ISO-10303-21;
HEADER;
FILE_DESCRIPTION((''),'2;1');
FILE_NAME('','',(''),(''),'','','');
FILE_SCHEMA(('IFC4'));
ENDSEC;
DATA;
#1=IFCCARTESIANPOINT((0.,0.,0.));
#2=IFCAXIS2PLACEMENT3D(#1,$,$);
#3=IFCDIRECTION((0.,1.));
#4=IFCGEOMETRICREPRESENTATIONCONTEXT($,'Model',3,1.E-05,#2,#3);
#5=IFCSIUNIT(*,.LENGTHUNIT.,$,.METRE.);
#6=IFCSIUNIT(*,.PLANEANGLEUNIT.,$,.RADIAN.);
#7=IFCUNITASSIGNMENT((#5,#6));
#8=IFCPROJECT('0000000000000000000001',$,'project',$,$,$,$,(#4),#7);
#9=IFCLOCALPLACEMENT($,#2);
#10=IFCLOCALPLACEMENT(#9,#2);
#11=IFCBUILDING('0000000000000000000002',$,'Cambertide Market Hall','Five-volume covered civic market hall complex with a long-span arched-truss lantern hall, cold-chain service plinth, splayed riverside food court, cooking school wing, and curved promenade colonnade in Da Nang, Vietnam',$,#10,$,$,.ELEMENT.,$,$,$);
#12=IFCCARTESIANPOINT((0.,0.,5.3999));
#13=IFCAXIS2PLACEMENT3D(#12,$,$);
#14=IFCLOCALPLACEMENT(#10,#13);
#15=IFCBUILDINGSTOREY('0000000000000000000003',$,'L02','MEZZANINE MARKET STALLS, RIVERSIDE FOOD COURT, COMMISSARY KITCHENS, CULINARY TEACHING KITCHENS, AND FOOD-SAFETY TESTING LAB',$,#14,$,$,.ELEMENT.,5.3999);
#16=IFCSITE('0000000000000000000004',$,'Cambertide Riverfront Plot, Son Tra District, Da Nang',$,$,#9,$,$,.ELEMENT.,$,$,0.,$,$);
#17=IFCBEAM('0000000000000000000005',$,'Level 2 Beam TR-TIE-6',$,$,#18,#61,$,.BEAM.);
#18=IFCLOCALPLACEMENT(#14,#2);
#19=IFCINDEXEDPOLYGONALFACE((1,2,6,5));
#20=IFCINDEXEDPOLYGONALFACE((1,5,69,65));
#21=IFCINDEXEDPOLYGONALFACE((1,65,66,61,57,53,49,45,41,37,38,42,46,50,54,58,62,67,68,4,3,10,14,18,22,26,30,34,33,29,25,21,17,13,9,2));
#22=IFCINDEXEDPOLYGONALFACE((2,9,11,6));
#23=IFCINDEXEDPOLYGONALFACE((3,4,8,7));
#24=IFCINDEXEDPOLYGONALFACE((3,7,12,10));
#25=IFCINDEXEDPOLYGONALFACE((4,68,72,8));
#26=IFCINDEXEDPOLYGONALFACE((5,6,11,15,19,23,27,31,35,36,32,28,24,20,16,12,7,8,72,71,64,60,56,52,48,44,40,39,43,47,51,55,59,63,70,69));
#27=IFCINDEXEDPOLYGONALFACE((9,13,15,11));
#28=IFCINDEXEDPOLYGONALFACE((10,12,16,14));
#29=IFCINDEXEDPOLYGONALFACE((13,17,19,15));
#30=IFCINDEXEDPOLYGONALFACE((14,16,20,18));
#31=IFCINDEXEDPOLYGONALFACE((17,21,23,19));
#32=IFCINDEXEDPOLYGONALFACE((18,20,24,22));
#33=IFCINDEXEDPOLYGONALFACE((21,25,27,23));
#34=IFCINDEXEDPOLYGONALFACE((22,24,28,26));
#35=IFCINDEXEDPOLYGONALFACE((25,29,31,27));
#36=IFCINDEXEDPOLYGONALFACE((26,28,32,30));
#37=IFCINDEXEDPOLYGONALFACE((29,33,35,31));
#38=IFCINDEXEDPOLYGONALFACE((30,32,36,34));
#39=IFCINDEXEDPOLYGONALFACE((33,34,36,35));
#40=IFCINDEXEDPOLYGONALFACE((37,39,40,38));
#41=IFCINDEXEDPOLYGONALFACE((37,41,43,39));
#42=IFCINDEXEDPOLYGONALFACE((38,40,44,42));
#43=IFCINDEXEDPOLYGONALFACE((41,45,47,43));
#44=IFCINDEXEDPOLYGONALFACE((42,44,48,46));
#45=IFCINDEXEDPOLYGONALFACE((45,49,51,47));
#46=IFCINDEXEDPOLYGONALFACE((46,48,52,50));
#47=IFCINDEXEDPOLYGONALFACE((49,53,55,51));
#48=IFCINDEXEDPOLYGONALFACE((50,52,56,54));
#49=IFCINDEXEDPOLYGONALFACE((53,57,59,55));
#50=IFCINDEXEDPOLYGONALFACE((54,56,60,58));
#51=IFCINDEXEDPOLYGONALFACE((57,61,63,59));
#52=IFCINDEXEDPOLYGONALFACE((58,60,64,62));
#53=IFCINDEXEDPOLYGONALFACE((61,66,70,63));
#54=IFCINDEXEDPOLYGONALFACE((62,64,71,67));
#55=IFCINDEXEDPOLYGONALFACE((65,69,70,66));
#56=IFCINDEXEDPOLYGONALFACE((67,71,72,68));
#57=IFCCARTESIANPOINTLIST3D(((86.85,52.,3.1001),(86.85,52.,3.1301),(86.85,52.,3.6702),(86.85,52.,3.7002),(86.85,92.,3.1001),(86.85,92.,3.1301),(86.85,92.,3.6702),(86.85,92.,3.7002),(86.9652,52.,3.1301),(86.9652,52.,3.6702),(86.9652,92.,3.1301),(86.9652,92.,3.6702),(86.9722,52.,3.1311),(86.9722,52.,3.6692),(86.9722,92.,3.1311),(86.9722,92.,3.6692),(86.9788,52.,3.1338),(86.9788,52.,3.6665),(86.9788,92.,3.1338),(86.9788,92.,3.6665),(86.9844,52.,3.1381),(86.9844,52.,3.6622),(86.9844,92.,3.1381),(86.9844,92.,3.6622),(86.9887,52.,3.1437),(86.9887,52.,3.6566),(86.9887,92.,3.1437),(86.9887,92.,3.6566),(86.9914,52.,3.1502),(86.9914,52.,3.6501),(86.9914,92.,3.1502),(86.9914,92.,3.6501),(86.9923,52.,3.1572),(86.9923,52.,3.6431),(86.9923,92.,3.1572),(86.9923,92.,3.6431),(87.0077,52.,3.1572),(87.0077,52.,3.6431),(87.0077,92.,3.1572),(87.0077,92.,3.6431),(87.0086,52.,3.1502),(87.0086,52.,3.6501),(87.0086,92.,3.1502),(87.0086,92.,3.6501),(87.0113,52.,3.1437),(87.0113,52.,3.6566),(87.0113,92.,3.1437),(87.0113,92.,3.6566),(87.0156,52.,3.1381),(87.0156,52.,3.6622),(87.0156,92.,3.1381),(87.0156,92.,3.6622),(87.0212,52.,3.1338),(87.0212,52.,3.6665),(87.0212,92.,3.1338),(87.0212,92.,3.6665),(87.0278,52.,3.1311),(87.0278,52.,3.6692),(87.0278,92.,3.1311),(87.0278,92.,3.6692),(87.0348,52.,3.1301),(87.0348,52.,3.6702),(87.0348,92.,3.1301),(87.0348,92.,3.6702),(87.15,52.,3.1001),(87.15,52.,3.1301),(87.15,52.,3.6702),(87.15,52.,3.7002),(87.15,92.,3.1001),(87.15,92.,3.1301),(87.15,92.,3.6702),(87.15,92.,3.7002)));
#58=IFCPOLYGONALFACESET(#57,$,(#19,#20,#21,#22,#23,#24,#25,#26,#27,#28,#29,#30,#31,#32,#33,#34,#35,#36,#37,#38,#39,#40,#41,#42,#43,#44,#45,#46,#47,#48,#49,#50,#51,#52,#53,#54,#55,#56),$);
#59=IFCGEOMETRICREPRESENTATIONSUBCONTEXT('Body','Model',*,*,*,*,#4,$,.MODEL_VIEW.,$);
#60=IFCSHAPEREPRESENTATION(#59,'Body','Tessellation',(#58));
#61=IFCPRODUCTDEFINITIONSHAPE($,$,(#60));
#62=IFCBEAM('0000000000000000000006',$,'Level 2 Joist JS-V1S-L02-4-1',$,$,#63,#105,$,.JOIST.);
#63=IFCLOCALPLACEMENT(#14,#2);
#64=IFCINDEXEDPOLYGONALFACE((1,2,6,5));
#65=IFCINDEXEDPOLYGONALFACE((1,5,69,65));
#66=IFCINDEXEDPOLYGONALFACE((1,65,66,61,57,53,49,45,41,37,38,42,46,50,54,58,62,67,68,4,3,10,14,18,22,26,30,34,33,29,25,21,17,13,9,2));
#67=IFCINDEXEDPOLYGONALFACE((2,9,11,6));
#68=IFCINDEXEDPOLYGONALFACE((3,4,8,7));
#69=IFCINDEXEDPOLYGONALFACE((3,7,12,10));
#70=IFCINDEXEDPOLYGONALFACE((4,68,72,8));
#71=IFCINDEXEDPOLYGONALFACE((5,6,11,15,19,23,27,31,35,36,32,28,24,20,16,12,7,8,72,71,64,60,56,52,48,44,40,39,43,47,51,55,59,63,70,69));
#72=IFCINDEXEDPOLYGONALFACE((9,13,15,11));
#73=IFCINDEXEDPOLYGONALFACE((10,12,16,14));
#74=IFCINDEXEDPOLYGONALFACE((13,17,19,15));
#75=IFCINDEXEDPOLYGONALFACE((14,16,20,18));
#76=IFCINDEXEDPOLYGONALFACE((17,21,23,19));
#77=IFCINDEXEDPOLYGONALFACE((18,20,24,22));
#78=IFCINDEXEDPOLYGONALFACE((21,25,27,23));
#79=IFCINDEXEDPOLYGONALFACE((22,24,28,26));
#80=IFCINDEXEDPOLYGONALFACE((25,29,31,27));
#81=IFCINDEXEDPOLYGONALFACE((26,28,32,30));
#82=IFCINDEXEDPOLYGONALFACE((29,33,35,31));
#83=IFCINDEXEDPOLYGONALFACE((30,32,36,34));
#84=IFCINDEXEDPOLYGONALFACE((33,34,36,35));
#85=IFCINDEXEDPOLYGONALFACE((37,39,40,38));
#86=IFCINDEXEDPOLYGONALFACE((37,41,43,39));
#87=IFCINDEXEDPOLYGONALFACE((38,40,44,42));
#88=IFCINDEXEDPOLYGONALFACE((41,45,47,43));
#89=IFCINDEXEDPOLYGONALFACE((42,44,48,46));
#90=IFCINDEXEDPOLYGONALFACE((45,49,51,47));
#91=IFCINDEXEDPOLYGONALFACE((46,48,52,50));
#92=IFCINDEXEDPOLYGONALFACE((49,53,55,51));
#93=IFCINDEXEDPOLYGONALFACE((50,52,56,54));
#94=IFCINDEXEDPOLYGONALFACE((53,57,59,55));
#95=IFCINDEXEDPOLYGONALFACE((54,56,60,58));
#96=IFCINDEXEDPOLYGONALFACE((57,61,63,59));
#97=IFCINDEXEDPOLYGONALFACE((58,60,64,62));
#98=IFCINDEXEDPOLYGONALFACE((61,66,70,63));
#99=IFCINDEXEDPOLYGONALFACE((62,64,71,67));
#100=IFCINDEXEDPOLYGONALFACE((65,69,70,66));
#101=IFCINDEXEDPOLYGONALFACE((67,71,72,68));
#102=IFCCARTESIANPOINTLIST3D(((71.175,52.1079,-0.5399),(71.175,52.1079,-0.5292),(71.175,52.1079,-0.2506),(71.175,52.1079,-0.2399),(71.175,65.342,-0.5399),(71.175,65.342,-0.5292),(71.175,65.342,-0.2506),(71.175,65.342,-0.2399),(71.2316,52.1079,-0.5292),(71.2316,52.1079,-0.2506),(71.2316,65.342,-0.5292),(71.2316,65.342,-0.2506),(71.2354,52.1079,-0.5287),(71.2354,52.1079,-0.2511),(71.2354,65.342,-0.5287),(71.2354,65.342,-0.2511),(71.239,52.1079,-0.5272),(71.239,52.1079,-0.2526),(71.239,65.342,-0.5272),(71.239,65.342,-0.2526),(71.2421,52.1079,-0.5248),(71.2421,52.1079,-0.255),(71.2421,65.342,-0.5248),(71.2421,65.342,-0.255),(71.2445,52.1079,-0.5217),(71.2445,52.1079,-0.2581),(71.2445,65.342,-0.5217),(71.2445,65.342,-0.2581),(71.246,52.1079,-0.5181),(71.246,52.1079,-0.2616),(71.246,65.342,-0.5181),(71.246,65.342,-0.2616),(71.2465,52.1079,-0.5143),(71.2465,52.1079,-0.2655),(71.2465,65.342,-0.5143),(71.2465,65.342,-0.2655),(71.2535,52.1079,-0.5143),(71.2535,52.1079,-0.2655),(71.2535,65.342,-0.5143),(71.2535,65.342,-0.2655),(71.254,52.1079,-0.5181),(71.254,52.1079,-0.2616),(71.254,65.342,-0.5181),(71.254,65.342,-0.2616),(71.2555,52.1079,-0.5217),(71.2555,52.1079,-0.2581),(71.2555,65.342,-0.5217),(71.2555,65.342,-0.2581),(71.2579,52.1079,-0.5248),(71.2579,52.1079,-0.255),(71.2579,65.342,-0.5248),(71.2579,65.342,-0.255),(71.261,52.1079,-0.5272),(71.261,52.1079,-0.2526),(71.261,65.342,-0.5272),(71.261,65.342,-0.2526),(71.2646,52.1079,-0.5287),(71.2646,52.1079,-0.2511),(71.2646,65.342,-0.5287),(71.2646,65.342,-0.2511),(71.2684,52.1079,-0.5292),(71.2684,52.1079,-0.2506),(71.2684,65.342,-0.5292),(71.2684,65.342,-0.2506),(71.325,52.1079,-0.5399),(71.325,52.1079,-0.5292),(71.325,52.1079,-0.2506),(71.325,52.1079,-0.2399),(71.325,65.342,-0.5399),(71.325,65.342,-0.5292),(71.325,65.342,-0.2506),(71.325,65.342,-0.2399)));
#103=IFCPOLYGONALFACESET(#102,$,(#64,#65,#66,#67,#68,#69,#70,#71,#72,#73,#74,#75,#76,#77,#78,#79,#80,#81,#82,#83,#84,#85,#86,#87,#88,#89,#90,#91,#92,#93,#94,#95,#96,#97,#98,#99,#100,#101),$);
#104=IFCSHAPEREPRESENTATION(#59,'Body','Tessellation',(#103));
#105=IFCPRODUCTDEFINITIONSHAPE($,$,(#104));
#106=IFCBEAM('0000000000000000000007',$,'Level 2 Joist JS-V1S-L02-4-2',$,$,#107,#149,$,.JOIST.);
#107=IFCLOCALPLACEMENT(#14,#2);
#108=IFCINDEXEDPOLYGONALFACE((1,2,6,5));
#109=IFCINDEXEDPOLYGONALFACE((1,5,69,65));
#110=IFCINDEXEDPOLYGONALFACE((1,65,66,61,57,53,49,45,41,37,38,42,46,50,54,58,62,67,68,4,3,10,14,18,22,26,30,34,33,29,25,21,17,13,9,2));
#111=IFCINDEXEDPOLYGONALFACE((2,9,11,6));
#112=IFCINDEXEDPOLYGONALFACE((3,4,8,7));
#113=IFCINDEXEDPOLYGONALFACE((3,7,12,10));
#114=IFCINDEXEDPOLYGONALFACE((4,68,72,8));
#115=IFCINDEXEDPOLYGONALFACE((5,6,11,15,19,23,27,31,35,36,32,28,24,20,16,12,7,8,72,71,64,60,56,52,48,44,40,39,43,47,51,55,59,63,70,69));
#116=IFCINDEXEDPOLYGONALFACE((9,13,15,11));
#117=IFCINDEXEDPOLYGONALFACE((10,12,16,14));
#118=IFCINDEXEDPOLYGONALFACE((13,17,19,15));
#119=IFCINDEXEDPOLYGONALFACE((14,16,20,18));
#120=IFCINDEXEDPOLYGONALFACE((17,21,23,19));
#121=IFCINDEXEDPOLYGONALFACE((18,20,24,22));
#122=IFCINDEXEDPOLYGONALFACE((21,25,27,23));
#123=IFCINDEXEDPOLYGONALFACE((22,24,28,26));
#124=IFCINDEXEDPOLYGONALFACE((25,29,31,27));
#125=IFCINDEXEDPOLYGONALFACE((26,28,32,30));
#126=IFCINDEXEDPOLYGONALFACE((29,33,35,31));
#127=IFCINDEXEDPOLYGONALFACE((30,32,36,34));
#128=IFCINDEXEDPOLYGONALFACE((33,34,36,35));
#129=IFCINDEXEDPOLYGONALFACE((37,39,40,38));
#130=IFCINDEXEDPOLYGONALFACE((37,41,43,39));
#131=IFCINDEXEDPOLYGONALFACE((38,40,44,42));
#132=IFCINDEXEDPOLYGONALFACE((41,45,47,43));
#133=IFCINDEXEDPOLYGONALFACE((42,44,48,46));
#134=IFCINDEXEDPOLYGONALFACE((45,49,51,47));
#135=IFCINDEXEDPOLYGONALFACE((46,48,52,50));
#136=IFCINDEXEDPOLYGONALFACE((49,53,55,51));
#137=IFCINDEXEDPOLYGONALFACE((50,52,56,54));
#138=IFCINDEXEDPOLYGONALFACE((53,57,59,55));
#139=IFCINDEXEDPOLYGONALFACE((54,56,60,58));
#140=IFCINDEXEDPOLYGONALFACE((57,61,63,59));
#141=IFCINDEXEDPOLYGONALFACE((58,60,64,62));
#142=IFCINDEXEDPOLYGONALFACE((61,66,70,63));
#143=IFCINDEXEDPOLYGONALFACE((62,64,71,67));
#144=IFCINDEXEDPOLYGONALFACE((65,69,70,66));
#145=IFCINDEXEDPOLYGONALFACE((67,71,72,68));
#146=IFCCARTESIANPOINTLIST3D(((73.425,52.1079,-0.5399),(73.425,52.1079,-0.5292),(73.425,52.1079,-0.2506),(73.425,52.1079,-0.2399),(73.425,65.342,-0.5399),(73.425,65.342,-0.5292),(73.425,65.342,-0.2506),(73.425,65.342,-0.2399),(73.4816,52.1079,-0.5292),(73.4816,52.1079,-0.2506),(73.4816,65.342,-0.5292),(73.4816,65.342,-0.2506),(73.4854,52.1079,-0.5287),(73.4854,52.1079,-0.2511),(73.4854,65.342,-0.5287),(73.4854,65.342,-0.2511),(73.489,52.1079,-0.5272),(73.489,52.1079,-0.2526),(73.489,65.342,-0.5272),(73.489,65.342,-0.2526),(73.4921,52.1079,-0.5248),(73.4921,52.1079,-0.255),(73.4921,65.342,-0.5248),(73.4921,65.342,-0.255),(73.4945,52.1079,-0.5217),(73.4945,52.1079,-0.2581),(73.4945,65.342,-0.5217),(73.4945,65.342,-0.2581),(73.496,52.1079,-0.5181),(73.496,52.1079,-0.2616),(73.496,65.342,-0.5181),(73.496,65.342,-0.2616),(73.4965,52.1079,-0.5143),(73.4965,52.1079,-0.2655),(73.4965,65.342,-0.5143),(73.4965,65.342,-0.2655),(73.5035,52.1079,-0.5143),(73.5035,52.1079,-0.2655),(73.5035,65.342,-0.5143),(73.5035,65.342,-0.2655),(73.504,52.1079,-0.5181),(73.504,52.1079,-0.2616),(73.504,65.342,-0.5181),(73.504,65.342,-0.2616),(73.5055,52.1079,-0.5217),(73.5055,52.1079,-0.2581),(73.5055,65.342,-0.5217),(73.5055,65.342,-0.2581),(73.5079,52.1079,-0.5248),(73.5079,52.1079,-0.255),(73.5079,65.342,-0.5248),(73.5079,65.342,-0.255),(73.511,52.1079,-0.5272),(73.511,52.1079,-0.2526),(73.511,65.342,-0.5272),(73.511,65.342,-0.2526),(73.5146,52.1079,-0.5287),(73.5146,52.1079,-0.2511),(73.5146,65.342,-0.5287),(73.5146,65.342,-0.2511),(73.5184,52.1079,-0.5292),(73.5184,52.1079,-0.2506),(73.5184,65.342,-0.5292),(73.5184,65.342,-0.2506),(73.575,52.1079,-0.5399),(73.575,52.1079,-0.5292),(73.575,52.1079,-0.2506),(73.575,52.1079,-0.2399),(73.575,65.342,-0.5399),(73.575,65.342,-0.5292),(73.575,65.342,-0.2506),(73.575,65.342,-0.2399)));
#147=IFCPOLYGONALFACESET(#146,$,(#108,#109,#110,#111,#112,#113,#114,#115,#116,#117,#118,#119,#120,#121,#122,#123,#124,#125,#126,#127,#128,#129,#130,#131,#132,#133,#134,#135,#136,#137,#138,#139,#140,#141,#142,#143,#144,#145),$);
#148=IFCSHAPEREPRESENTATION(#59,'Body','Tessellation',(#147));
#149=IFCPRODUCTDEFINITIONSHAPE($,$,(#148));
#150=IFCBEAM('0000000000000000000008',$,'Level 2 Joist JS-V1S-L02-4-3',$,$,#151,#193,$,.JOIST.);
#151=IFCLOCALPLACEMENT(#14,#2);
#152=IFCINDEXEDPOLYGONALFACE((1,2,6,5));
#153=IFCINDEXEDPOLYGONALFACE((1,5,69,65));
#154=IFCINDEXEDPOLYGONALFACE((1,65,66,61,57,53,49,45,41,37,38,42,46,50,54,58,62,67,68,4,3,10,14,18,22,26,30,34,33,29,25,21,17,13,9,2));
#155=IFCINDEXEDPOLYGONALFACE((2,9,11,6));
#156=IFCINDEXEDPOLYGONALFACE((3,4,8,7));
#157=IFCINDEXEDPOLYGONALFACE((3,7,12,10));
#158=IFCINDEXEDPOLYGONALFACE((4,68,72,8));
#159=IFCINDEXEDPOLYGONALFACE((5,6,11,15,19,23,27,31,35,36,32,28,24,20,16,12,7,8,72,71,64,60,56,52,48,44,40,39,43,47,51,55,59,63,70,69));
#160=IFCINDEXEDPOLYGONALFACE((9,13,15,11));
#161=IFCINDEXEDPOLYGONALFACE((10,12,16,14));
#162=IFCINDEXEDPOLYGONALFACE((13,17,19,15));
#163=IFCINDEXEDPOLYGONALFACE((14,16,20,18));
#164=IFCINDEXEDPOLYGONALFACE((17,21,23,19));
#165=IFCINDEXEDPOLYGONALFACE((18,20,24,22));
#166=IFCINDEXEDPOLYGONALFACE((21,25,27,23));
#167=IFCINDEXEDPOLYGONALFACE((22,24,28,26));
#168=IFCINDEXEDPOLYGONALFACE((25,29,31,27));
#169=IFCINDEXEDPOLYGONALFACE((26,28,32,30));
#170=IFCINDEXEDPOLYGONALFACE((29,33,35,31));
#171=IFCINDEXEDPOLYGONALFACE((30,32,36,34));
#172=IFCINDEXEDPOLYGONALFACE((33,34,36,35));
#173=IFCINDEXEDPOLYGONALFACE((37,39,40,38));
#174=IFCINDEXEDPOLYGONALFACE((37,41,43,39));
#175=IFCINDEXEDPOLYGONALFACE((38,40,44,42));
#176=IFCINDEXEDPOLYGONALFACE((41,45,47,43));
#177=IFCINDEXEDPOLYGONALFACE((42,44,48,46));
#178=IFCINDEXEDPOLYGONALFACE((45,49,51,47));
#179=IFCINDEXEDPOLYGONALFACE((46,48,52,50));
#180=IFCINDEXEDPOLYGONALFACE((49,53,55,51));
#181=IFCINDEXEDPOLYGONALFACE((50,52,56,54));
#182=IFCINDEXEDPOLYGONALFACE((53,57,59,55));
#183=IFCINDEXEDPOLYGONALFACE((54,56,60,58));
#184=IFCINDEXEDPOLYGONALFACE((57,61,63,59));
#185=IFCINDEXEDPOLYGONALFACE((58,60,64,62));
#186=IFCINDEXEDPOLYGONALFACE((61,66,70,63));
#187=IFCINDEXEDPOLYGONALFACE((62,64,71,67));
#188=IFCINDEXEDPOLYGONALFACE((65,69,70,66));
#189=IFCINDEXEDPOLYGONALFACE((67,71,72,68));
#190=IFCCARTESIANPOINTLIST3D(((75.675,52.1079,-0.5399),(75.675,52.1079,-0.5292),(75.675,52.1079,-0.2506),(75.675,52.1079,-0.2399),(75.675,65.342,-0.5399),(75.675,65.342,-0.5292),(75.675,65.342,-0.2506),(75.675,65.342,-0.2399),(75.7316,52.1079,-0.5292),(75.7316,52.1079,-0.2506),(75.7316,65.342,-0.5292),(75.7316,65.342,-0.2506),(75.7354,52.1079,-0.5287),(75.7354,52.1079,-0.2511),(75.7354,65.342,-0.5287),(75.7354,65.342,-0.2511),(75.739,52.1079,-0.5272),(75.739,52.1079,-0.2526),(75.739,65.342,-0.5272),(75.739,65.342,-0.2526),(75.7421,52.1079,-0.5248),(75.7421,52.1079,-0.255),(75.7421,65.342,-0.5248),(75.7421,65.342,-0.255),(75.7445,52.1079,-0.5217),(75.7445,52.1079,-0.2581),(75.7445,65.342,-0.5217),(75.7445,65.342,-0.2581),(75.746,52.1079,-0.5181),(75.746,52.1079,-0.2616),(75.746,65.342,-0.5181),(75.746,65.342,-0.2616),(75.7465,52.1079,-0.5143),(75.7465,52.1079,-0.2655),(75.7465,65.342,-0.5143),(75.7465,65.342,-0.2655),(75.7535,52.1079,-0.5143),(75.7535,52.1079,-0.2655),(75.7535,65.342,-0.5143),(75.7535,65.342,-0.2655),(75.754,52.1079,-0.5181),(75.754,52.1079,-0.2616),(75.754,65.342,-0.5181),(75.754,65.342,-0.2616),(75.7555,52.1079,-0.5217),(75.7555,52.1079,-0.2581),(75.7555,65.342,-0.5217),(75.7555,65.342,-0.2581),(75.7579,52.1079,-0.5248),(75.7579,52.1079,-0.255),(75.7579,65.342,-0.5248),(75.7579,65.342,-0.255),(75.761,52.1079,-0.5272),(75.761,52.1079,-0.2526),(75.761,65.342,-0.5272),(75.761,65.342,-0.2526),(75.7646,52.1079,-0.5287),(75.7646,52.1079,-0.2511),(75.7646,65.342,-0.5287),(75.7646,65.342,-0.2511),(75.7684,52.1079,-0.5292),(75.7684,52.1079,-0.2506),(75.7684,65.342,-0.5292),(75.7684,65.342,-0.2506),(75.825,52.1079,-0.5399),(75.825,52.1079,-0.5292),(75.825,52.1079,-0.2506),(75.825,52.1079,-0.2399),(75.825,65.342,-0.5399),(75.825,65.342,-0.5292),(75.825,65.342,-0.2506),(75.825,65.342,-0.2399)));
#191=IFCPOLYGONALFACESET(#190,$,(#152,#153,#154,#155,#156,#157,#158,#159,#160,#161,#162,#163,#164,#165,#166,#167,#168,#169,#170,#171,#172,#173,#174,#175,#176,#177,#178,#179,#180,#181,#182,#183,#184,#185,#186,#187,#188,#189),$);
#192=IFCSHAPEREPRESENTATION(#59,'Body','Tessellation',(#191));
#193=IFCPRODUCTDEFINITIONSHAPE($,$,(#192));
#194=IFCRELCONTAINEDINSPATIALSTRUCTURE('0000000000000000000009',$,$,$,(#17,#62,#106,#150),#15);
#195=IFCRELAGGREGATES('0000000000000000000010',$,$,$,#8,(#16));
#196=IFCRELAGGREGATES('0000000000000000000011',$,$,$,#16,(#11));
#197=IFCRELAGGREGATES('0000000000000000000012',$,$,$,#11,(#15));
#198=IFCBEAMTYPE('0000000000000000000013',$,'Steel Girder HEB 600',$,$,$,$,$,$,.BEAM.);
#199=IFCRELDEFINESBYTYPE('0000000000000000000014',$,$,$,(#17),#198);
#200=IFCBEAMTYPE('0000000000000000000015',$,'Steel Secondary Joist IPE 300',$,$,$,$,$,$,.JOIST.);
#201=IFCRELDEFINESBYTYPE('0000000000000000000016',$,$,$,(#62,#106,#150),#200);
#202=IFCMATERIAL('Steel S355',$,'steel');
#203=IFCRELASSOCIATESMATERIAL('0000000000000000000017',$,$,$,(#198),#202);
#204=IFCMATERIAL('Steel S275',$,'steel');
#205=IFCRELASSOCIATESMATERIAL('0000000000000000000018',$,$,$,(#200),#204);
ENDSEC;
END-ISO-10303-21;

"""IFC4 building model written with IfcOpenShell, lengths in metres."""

from ifc_helpers import new_model, si_unit, direction, frame, origin, origin_2d, place, context, subcontext, project, spatial, i_section, extrude, material, material_profile, profile_set, type_object, element, save


model = new_model("IFC4")

# Units and contexts
model_context = context("Model", 3, precision=1e-05, world=origin(), true_north=direction((0.0, 1.0)))
body_context = subcontext(model_context, "Body", "Model", "MODEL_VIEW")
ifc_project = project(units=[si_unit("LENGTHUNIT", "METRE"), si_unit("PLANEANGLEUNIT", "RADIAN")], contexts=[model_context])

# Site, building, storey
site_placement = place(None, origin())
site = spatial("IfcSite", under=ifc_project, at=site_placement, Name="Cambertide Riverfront Plot, Son Tra District, Da Nang", CompositionType="ELEMENT", RefElevation=0.0)
building_placement = place(site_placement, origin())
building = spatial("IfcBuilding", under=site, at=building_placement, Name="Cambertide Market Hall", Description="Five-volume covered civic market hall complex with a long-span arched-truss lantern hall, cold-chain service plinth, splayed riverside food court, cooking school wing, and curved promenade colonnade in Da Nang, Vietnam", CompositionType="ELEMENT")
storey_placement = place(building_placement, frame((0.0, 0.0, 5.3999)))
storey = spatial("IfcBuildingStorey", under=building, at=storey_placement, Name="L02", Description="MEZZANINE MARKET STALLS, RIVERSIDE FOOD COURT, COMMISSARY KITCHENS, CULINARY TEACHING KITCHENS, AND FOOD-SAFETY TESTING LAB", CompositionType="ELEMENT", Elevation=5.3999)

# Beams
ifc_material_1 = material(Name="Steel S355", Category="steel")
ifc_material_profile_1 = material_profile(ifc_material_1, i_section(OverallWidth=0.3, OverallDepth=0.6001, WebThickness=0.0154, FlangeThickness=0.03, FilletRadius=0.0271, at=origin_2d()), Name="HEB 600")
ifc_profile_set_1 = profile_set([ifc_material_profile_1], Name="Steel S355")
beam_type_1 = type_object("IfcBeamType", Name="Steel Girder HEB 600", PredefinedType="BEAM", material=ifc_profile_set_1)
beam_1_placement = place(storey_placement, frame((87.0, 52.0, 3.4001), z_axis=(0.0, 1.0, 0.0), x_axis=(-1.0, 0.0, 0.0)))
element("IfcBeam", 1, at=beam_1_placement, inside=storey, type_object=beam_type_1, Name="Level 2 Beam TR-TIE-6", PredefinedType="BEAM", context=body_context, shape_type="SweptSolid", body=[
    extrude(i_section(OverallWidth=0.3, OverallDepth=0.6001, WebThickness=0.0154, FlangeThickness=0.03, FilletRadius=0.0271, at=origin_2d()), origin(), (0.0, 0.0, 1.0), 40.0),
])
ifc_material_2 = material(Name="Steel S275", Category="steel")
ifc_material_profile_2 = material_profile(ifc_material_2, i_section(OverallWidth=0.1499, OverallDepth=0.3, WebThickness=0.0071, FlangeThickness=0.0107, FilletRadius=0.0149, at=origin_2d()), Name="IPE 300")
ifc_profile_set_2 = profile_set([ifc_material_profile_2], Name="Steel S275")
beam_type_2 = type_object("IfcBeamType", Name="Steel Secondary Joist IPE 300", PredefinedType="JOIST", material=ifc_profile_set_2)
for number, where, z_axis, x_axis, name in (
    (2, (71.25, 52.1079, -0.3899), (0.0, 1.0, 0.0), (-1.0, 0.0, 0.0), "Level 2 Joist JS-V1S-L02-4-1"),
    (3, (73.5, 52.1079, -0.3899), (0.0, 1.0, 0.0), (-1.0, 0.0, 0.0), "Level 2 Joist JS-V1S-L02-4-2"),
    (4, (75.75, 52.1079, -0.3899), (0.0, 1.0, 0.0), (-1.0, 0.0, 0.0), "Level 2 Joist JS-V1S-L02-4-3"),
):
    element("IfcBeam", number, at=place(storey_placement, frame(where, z_axis=z_axis, x_axis=x_axis)), inside=storey, type_object=beam_type_2, Name=name, PredefinedType="JOIST", context=body_context, shape_type="SweptSolid", body=[
        extrude(i_section(OverallWidth=0.1499, OverallDepth=0.3, WebThickness=0.0071, FlangeThickness=0.0107, FilletRadius=0.0149, at=origin_2d()), origin(), (0.0, 0.0, 1.0), 13.2341),
    ])

save(model, "model.ifc")
